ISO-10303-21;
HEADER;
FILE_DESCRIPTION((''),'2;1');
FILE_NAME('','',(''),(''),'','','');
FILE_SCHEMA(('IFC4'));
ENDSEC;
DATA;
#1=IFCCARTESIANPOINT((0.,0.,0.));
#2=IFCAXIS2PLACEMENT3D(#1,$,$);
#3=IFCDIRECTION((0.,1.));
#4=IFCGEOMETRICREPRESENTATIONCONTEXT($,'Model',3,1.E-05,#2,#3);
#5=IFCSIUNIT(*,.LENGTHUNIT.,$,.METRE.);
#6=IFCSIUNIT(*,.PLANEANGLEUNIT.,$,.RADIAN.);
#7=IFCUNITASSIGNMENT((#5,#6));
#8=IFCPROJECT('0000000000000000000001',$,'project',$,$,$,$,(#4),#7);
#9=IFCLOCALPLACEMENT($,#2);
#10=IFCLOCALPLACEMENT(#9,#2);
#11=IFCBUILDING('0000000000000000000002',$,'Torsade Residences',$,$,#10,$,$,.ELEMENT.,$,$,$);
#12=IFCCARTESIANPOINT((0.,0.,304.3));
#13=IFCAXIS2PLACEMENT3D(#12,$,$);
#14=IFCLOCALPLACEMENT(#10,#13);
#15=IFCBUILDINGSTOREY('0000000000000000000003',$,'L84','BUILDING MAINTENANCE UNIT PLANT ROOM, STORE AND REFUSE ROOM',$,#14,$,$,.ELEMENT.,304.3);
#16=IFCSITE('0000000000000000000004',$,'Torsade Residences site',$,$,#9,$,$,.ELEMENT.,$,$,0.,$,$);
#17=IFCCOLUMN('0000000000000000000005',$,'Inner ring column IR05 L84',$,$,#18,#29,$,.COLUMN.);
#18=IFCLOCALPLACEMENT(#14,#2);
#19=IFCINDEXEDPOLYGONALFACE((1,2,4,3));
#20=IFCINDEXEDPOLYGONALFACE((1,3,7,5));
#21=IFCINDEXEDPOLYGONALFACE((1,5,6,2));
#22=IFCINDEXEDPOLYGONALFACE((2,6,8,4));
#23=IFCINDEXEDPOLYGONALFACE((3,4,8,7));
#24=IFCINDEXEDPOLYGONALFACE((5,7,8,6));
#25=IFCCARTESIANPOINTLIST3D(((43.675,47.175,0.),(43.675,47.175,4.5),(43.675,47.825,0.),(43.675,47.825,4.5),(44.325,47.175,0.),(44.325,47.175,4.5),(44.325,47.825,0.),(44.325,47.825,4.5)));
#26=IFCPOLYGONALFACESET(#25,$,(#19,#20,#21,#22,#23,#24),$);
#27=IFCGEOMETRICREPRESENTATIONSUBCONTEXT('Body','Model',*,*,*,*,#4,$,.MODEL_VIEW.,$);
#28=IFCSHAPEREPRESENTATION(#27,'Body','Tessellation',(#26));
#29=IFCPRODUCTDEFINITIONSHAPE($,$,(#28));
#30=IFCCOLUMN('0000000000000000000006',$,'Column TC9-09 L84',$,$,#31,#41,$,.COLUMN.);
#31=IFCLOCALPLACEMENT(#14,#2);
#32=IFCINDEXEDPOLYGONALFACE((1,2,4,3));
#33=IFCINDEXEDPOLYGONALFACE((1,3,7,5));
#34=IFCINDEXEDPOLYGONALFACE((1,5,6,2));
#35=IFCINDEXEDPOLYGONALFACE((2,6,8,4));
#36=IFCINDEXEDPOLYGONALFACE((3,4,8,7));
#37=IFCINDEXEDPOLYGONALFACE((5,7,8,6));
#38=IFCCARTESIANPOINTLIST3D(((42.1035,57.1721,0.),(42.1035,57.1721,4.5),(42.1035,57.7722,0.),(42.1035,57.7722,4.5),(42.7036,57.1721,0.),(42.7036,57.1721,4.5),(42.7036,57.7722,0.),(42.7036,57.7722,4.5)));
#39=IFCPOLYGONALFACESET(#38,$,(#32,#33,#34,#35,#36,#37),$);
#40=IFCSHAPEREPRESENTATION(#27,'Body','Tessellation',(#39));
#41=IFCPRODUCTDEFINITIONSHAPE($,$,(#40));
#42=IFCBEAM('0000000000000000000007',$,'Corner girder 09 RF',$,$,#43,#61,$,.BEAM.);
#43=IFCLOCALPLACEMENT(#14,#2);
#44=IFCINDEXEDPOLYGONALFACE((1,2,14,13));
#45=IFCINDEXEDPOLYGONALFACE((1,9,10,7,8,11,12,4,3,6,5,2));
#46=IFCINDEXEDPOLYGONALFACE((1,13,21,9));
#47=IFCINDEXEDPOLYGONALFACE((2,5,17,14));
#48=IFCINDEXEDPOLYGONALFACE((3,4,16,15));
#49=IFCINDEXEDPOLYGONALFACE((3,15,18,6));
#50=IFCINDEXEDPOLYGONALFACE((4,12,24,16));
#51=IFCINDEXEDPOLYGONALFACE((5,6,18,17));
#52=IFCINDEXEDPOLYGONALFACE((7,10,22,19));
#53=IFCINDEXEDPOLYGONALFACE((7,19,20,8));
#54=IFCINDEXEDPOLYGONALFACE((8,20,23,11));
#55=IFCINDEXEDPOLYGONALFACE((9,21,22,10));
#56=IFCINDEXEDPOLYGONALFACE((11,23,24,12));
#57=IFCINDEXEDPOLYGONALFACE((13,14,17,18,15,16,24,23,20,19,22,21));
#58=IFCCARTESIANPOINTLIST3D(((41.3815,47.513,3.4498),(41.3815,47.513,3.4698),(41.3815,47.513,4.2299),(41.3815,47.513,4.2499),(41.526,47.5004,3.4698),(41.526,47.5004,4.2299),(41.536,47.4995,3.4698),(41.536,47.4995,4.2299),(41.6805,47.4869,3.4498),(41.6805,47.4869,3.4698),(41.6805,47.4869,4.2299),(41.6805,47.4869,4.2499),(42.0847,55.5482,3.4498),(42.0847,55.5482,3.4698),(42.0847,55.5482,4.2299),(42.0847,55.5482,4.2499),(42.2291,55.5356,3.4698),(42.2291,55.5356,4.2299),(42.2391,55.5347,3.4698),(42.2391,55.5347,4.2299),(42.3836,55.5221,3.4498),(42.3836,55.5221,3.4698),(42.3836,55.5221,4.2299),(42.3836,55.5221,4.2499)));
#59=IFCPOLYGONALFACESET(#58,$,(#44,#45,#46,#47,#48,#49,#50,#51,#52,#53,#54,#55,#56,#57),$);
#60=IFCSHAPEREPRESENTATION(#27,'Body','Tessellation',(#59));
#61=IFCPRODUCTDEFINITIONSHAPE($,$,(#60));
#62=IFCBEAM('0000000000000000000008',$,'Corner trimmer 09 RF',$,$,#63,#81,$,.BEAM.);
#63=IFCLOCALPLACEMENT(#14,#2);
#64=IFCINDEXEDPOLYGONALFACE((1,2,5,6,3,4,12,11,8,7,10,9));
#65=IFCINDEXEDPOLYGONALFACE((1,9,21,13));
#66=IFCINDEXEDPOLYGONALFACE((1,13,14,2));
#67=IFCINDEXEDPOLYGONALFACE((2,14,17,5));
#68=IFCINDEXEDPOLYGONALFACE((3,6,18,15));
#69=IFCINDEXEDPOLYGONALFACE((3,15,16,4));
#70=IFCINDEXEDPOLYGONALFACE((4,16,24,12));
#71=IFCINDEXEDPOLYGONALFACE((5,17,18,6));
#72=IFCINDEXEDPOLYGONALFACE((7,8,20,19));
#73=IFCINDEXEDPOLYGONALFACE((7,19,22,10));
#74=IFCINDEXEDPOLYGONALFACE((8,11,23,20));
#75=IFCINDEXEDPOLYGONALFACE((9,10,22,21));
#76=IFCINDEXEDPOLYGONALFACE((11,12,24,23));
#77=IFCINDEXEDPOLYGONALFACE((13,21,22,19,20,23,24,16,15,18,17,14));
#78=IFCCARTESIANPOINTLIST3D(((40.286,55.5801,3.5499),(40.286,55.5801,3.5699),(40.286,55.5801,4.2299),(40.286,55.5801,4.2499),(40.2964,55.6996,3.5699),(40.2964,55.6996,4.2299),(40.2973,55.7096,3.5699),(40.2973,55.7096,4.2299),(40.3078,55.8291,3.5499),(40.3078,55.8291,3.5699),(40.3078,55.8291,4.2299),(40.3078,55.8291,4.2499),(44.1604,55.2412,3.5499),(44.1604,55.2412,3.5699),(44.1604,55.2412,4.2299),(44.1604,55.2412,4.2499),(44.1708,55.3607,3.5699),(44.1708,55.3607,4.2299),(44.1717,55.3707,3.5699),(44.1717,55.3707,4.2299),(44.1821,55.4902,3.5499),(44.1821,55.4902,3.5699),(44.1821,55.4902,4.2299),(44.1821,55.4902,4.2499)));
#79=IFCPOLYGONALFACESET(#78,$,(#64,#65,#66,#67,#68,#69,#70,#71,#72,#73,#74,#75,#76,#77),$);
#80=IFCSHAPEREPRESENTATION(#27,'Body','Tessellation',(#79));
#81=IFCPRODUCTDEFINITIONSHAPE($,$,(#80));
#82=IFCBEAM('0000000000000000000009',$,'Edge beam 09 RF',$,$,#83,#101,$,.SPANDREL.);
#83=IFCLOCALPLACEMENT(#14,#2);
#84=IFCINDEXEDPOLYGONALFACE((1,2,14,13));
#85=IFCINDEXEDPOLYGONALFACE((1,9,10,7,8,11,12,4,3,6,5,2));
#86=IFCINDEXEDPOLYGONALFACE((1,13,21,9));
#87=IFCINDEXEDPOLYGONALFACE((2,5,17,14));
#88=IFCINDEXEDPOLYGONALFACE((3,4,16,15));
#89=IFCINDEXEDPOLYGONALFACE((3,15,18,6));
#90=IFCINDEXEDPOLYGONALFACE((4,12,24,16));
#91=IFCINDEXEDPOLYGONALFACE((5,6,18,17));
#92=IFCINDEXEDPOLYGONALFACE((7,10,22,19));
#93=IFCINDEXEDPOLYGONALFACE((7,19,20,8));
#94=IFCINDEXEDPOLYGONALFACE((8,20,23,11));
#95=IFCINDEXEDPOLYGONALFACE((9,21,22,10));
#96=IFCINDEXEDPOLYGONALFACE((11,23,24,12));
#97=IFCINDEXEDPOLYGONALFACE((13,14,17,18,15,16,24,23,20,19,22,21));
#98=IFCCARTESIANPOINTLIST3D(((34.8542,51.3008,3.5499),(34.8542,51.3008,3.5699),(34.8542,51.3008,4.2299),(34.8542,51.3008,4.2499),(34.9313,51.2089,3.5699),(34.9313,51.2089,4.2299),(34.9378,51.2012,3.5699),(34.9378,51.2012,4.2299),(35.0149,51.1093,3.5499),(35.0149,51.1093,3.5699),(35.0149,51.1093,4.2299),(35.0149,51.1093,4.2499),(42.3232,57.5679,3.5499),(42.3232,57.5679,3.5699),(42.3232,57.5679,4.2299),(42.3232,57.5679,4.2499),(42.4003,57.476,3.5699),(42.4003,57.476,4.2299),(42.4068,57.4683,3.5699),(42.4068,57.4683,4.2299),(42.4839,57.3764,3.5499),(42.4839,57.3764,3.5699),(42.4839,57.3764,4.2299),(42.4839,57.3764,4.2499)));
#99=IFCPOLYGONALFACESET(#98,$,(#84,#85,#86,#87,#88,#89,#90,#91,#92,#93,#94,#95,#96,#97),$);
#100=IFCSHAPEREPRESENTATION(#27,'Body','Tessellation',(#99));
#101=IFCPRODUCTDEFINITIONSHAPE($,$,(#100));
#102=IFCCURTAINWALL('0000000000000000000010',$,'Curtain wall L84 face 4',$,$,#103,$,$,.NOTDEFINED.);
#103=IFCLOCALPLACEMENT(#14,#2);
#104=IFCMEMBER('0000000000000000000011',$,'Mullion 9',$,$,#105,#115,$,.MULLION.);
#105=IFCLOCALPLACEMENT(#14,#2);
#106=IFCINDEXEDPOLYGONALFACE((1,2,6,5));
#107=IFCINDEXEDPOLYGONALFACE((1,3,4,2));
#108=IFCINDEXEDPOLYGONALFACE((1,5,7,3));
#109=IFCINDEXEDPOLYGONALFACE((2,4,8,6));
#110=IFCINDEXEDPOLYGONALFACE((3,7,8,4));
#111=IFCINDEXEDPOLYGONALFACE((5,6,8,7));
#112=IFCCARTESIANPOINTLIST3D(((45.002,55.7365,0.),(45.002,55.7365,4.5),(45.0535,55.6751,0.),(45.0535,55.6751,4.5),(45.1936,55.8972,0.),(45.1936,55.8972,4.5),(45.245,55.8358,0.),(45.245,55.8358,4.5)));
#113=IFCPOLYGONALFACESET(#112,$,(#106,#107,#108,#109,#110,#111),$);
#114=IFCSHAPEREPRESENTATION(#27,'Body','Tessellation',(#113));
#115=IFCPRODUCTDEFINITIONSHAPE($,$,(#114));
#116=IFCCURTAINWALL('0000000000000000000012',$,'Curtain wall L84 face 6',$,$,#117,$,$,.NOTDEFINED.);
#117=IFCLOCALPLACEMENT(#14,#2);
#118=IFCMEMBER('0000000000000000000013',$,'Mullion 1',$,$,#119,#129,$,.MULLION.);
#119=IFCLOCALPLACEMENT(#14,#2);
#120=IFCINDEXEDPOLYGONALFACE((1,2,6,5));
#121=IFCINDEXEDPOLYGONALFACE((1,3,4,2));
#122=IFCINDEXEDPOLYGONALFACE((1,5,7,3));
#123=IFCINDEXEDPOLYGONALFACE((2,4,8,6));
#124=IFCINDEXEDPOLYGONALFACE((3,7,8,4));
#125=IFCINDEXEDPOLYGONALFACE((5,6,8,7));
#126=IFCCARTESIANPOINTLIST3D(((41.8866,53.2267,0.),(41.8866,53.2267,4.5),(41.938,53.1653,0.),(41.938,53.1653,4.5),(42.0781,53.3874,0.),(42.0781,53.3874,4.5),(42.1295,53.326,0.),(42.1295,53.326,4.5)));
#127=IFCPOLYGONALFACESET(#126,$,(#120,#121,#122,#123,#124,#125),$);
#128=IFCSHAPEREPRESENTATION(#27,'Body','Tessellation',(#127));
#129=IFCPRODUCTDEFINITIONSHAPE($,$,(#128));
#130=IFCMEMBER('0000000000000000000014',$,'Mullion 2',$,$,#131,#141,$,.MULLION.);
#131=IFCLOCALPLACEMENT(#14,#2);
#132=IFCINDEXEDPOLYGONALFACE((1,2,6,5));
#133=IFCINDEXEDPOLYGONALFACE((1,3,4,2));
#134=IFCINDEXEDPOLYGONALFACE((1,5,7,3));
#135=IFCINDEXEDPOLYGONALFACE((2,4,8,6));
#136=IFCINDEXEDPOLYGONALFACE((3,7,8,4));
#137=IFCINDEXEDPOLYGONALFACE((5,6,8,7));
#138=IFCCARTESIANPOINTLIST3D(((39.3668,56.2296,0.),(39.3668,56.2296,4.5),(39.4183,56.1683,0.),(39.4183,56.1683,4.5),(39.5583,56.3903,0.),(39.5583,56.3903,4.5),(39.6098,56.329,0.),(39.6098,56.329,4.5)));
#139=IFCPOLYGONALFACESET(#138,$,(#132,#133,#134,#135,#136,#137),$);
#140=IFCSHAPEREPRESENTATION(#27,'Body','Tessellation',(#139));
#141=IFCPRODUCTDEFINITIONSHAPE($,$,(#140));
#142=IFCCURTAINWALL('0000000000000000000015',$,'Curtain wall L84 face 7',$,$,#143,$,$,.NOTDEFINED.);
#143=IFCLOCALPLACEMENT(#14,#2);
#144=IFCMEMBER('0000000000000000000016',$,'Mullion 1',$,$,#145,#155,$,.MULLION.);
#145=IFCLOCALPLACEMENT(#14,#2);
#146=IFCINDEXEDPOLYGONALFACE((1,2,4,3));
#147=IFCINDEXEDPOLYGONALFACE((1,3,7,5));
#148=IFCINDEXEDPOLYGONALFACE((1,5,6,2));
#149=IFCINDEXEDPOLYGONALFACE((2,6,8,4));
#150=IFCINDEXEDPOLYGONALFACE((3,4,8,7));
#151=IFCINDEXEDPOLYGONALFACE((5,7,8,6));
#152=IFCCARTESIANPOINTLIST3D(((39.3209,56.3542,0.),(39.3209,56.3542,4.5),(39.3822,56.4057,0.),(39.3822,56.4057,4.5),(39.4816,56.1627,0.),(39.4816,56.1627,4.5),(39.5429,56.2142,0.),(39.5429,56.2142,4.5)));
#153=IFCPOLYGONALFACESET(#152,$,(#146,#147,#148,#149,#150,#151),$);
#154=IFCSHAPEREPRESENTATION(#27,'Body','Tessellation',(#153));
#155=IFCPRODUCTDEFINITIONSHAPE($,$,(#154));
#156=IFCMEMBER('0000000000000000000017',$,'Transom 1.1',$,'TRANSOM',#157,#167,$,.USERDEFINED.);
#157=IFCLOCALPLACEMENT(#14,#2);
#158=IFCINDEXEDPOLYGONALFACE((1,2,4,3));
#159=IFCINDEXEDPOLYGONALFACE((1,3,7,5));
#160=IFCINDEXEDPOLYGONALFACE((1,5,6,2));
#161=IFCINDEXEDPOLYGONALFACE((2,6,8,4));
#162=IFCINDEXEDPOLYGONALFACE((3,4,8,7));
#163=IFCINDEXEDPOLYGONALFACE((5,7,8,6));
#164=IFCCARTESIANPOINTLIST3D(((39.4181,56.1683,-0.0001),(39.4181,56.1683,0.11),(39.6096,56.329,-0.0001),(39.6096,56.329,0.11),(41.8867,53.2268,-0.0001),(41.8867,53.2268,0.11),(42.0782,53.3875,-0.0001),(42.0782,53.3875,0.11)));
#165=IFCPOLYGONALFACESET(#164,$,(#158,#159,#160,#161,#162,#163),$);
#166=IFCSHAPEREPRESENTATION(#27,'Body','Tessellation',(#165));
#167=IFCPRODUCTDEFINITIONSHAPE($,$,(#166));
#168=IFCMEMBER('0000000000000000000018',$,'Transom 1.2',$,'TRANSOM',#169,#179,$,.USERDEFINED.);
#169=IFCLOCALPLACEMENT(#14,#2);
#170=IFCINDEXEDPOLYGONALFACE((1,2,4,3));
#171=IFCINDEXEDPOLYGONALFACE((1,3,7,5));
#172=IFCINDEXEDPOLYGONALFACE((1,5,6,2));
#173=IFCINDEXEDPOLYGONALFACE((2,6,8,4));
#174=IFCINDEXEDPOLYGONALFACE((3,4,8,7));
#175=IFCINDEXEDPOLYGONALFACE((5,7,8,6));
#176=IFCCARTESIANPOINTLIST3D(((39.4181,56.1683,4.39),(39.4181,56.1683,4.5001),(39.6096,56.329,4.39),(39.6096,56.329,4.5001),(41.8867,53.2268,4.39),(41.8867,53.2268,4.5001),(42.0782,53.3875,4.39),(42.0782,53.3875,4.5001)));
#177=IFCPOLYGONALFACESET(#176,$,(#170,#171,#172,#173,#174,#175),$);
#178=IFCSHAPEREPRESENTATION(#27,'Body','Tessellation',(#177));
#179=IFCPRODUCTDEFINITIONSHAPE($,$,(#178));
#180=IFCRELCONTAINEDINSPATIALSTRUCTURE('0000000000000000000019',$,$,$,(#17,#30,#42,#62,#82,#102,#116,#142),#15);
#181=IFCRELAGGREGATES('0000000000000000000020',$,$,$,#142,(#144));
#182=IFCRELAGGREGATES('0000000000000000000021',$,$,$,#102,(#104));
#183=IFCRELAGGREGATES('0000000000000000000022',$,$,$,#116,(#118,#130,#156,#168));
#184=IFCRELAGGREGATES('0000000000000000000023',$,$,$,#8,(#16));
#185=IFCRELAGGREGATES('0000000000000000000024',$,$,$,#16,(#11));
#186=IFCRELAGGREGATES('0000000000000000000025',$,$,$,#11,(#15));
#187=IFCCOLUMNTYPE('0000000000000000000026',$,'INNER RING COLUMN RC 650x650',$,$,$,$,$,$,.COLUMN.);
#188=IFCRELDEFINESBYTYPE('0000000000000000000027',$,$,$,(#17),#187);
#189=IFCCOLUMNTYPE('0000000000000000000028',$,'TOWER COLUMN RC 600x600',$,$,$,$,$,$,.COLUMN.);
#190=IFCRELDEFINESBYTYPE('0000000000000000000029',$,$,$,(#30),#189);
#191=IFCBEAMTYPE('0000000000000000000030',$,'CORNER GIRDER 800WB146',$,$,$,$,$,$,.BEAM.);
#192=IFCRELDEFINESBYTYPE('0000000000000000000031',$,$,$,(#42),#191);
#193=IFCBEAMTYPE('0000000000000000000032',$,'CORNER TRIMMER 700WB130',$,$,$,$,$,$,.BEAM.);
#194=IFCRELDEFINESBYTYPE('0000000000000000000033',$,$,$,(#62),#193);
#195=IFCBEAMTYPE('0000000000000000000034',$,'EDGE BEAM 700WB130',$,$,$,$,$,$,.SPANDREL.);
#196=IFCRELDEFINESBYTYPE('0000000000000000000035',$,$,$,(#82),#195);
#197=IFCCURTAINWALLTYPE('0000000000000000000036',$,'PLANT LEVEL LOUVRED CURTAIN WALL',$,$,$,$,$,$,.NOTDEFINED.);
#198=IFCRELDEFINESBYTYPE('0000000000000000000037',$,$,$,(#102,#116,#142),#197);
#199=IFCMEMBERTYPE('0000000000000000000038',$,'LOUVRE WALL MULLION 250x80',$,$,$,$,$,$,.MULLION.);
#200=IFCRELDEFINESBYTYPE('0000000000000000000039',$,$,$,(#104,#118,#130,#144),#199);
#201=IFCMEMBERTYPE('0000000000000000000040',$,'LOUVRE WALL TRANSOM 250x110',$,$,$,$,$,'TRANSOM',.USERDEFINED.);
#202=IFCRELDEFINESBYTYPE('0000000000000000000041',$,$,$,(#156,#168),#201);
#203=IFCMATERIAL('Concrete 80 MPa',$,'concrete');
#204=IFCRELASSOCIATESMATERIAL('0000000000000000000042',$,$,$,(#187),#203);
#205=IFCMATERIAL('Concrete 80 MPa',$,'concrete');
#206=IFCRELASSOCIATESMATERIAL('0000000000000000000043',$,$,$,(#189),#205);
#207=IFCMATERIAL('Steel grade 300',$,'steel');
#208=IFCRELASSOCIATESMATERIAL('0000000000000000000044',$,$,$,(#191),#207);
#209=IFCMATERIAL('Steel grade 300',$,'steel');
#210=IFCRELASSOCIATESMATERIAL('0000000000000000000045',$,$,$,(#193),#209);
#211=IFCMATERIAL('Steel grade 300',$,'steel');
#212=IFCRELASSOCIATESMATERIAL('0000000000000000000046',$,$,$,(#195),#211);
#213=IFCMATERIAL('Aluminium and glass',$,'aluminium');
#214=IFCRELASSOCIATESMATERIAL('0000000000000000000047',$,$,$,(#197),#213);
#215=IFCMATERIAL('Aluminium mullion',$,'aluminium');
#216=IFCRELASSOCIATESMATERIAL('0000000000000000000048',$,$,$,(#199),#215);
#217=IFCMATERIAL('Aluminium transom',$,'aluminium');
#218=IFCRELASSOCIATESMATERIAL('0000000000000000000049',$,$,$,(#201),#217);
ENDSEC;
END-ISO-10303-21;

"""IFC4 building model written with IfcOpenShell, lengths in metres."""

from ifc_helpers import new_model, si_unit, direction, frame, origin, origin_2d, place, context, subcontext, project, spatial, rectangle, i_section, extrude, material, material_profile, profile_set, type_object, element, aggregate, save


model = new_model("IFC4")

# Units and contexts
model_context = context("Model", 3, precision=1e-05, world=origin(), true_north=direction((0.0, 1.0)))
body_context = subcontext(model_context, "Body", "Model", "MODEL_VIEW")
ifc_project = project(units=[si_unit("LENGTHUNIT", "METRE"), si_unit("PLANEANGLEUNIT", "RADIAN")], contexts=[model_context])

# Site, building, storey
site_placement = place(None, origin())
site = spatial("IfcSite", under=ifc_project, at=site_placement, Name="Torsade Residences site", CompositionType="ELEMENT", RefElevation=0.0)
building_placement = place(site_placement, origin())
building = spatial("IfcBuilding", under=site, at=building_placement, Name="Torsade Residences", CompositionType="ELEMENT")
storey_placement = place(building_placement, frame((0.0, 0.0, 304.3)))
storey = spatial("IfcBuildingStorey", under=building, at=storey_placement, Name="L84", Description="BUILDING MAINTENANCE UNIT PLANT ROOM, STORE AND REFUSE ROOM", CompositionType="ELEMENT", Elevation=304.3)

# Columns
ifc_material_1 = material(Name="Concrete 80 MPa", Category="concrete")
ifc_material_profile_1 = material_profile(ifc_material_1, rectangle(XDim=0.6499, YDim=0.6499, at=origin_2d()), Name="RC 650x650")
ifc_profile_set_1 = profile_set([ifc_material_profile_1], Name="Concrete 80 MPa")
column_type_1 = type_object("IfcColumnType", Name="INNER RING COLUMN RC 650x650", PredefinedType="COLUMN", material=ifc_profile_set_1)
column_1_placement = place(storey_placement, frame((44.0, 47.5, 0.0), z_axis=(0.0, 0.0, 1.0), x_axis=(1.0, 0.0, 0.0)))
element("IfcColumn", 1, at=column_1_placement, inside=storey, type_object=column_type_1, Name="Inner ring column IR05 L84", PredefinedType="COLUMN", context=body_context, shape_type="SweptSolid", body=[
    extrude(rectangle(XDim=0.6499, YDim=0.6499, at=origin_2d()), origin(), (0.0, 0.0, 1.0), 4.5),
])
ifc_material_2 = material(Name="Concrete 80 MPa", Category="concrete")
ifc_material_profile_2 = material_profile(ifc_material_2, rectangle(XDim=0.6001, YDim=0.6001, at=origin_2d()), Name="RC 600x600")
ifc_profile_set_2 = profile_set([ifc_material_profile_2], Name="Concrete 80 MPa")
column_type_2 = type_object("IfcColumnType", Name="TOWER COLUMN RC 600x600", PredefinedType="COLUMN", material=ifc_profile_set_2)
column_2_placement = place(storey_placement, frame((42.4036, 57.4722, 0.0), z_axis=(0.0, 0.0, 1.0), x_axis=(1.0, 0.0, 0.0)))
element("IfcColumn", 2, at=column_2_placement, inside=storey, type_object=column_type_2, Name="Column TC9-09 L84", PredefinedType="COLUMN", context=body_context, shape_type="SweptSolid", body=[
    extrude(rectangle(XDim=0.6001, YDim=0.6001, at=origin_2d()), origin(), (0.0, 0.0, 1.0), 4.5),
])

# Beams
ifc_material_3 = material(Name="Steel grade 300", Category="steel")
ifc_material_profile_3 = material_profile(ifc_material_3, i_section(OverallWidth=0.3, OverallDepth=0.8, WebThickness=0.01, FlangeThickness=0.02, at=origin_2d()), Name="800WB146")
ifc_profile_set_3 = profile_set([ifc_material_profile_3], Name="Steel grade 300")
beam_type_1 = type_object("IfcBeamType", Name="CORNER GIRDER 800WB146", PredefinedType="BEAM", material=ifc_profile_set_3)
beam_1_placement = place(storey_placement, frame((42.2341, 55.5352, 3.8499), z_axis=(-0.087173, -0.996193, 0.0), x_axis=(0.996193, -0.087173, 0.0)))
element("IfcBeam", 3, at=beam_1_placement, inside=storey, type_object=beam_type_1, Name="Corner girder 09 RF", PredefinedType="BEAM", context=body_context, shape_type="SweptSolid", body=[
    extrude(i_section(OverallWidth=0.3, OverallDepth=0.8, WebThickness=0.01, FlangeThickness=0.02, at=origin_2d()), origin(), (0.0, 0.0, 1.0), 8.0659),
])
ifc_material_4 = material(Name="Steel grade 300", Category="steel")
ifc_material_profile_4 = material_profile(ifc_material_4, i_section(OverallWidth=0.25, OverallDepth=0.7, WebThickness=0.01, FlangeThickness=0.02, at=origin_2d()), Name="700WB130")
ifc_profile_set_4 = profile_set([ifc_material_profile_4], Name="Steel grade 300")
beam_type_2 = type_object("IfcBeamType", Name="CORNER TRIMMER 700WB130", PredefinedType="BEAM", material=ifc_profile_set_4)
beam_2_placement = place(storey_placement, frame((40.2969, 55.7046, 3.8999), z_axis=(0.996197, -0.087133, 0.0), x_axis=(0.087133, 0.996197, 0.0)))
element("IfcBeam", 4, at=beam_2_placement, inside=storey, type_object=beam_type_2, Name="Corner trimmer 09 RF", PredefinedType="BEAM", context=body_context, shape_type="SweptSolid", body=[
    extrude(i_section(OverallWidth=0.25, OverallDepth=0.7, WebThickness=0.01, FlangeThickness=0.02, at=origin_2d()), origin(), (0.0, 0.0, 1.0), 3.8892),
])
ifc_material_5 = material(Name="Steel grade 300", Category="steel")
ifc_material_profile_5 = material_profile(ifc_material_5, i_section(OverallWidth=0.25, OverallDepth=0.7, WebThickness=0.01, FlangeThickness=0.02, at=origin_2d()), Name="700WB130")
ifc_profile_set_5 = profile_set([ifc_material_profile_5], Name="Steel grade 300")
beam_type_3 = type_object("IfcBeamType", Name="EDGE BEAM 700WB130", PredefinedType="SPANDREL", material=ifc_profile_set_5)
beam_3_placement = place(storey_placement, frame((42.4036, 57.4722, 3.8999), z_axis=(-0.766052, -0.642779, 0.0), x_axis=(0.642779, -0.766052, 0.0)))
element("IfcBeam", 5, at=beam_3_placement, inside=storey, type_object=beam_type_3, Name="Edge beam 09 RF", PredefinedType="SPANDREL", context=body_context, shape_type="SweptSolid", body=[
    extrude(i_section(OverallWidth=0.25, OverallDepth=0.7, WebThickness=0.01, FlangeThickness=0.02, at=origin_2d()), origin(), (0.0, 0.0, 1.0), 9.75),
])

# Curtain wall, member
ifc_material_6 = material(Name="Aluminium and glass", Category="aluminium")
curtain_wall_type = type_object("IfcCurtainWallType", Name="PLANT LEVEL LOUVRED CURTAIN WALL", PredefinedType="NOTDEFINED", material=ifc_material_6)
curtain_wall_1_placement = place(storey_placement, origin())
curtain_wall_1 = element("IfcCurtainWall", 6, at=curtain_wall_1_placement, inside=storey, type_object=curtain_wall_type, Name="Curtain wall L84 face 4", PredefinedType="NOTDEFINED")
ifc_material_7 = material(Name="Aluminium mullion", Category="aluminium")
ifc_material_profile_6 = material_profile(ifc_material_7, rectangle(XDim=0.25, YDim=0.0801, at=origin_2d()), Name="LOUVRE WALL MULLION 250x80")
ifc_profile_set_6 = profile_set([ifc_material_profile_6], Name="Aluminium mullion")
member_type_1 = type_object("IfcMemberType", Name="LOUVRE WALL MULLION 250x80", PredefinedType="MULLION", material=ifc_profile_set_6)
member_1_placement = place(storey_placement, frame((45.1235, 55.7861, 0.0), z_axis=(0.0, 0.0, 1.0), x_axis=(-0.766044, -0.642788, 0.0)))
member_1 = element("IfcMember", 7, at=member_1_placement, type_object=member_type_1, Name="Mullion 9", PredefinedType="MULLION", context=body_context, shape_type="SweptSolid", body=[
    extrude(rectangle(XDim=0.25, YDim=0.0801, at=origin_2d()), origin(), (0.0, 0.0, 1.0), 4.5),
])

# Curtain wall, members
curtain_wall_2_placement = place(storey_placement, origin())
curtain_wall_2 = element("IfcCurtainWall", 8, at=curtain_wall_2_placement, inside=storey, type_object=curtain_wall_type, Name="Curtain wall L84 face 6", PredefinedType="NOTDEFINED")
member_2_placement = place(storey_placement, frame((42.0081, 53.2764, 0.0), z_axis=(0.0, 0.0, 1.0), x_axis=(-0.766044, -0.642788, 0.0)))
member_2 = element("IfcMember", 9, at=member_2_placement, type_object=member_type_1, Name="Mullion 1", PredefinedType="MULLION", context=body_context, shape_type="SweptSolid", body=[
    extrude(rectangle(XDim=0.25, YDim=0.0801, at=origin_2d()), origin(), (0.0, 0.0, 1.0), 4.5),
])
member_3_placement = place(storey_placement, frame((39.4883, 56.2793, 0.0), z_axis=(0.0, 0.0, 1.0), x_axis=(-0.766044, -0.642788, 0.0)))
member_3 = element("IfcMember", 10, at=member_3_placement, type_object=member_type_1, Name="Mullion 2", PredefinedType="MULLION", context=body_context, shape_type="SweptSolid", body=[
    extrude(rectangle(XDim=0.25, YDim=0.0801, at=origin_2d()), origin(), (0.0, 0.0, 1.0), 4.5),
])

# Curtain wall, member
curtain_wall_3_placement = place(storey_placement, origin())
curtain_wall_3 = element("IfcCurtainWall", 11, at=curtain_wall_3_placement, inside=storey, type_object=curtain_wall_type, Name="Curtain wall L84 face 7", PredefinedType="NOTDEFINED")
member_4_placement = place(storey_placement, frame((39.4319, 56.2842, 0.0), z_axis=(0.0, 0.0, 1.0), x_axis=(0.642788, -0.766044, 0.0)))
member_4 = element("IfcMember", 12, at=member_4_placement, type_object=member_type_1, Name="Mullion 1", PredefinedType="MULLION", context=body_context, shape_type="SweptSolid", body=[
    extrude(rectangle(XDim=0.25, YDim=0.0801, at=origin_2d()), origin(), (0.0, 0.0, 1.0), 4.5),
])

# Members
ifc_material_8 = material(Name="Aluminium transom", Category="aluminium")
ifc_material_profile_7 = material_profile(ifc_material_8, rectangle(XDim=0.25, YDim=0.1101, at=origin_2d()), Name="LOUVRE WALL TRANSOM 250x110")
ifc_profile_set_7 = profile_set([ifc_material_profile_7], Name="Aluminium transom")
member_type_2 = type_object("IfcMemberType", Name="LOUVRE WALL TRANSOM 250x110", ElementType="TRANSOM", PredefinedType="USERDEFINED", material=ifc_profile_set_7)
member_5_placement = place(storey_placement, frame((41.9824, 53.3071, 0.0549), z_axis=(-0.642845, 0.765997, 0.0), x_axis=(-0.765997, -0.642845, 0.0)))
member_5 = element("IfcMember", 13, at=member_5_placement, type_object=member_type_2, Name="Transom 1.1", ObjectType="TRANSOM", PredefinedType="USERDEFINED", context=body_context, shape_type="SweptSolid", body=[
    extrude(rectangle(XDim=0.25, YDim=0.1101, at=origin_2d()), origin(), (0.0, 0.0, 1.0), 3.8401),
])
member_6_placement = place(storey_placement, frame((41.9824, 53.3071, 4.4451), z_axis=(-0.642845, 0.765997, 0.0), x_axis=(-0.765997, -0.642845, 0.0)))
member_6 = element("IfcMember", 14, at=member_6_placement, type_object=member_type_2, Name="Transom 1.2", ObjectType="TRANSOM", PredefinedType="USERDEFINED", context=body_context, shape_type="SweptSolid", body=[
    extrude(rectangle(XDim=0.25, YDim=0.1101, at=origin_2d()), origin(), (0.0, 0.0, 1.0), 3.8401),
])
aggregate(curtain_wall_3, [member_4])

aggregate(curtain_wall_1, [member_1])
aggregate(curtain_wall_2, [member_2, member_3, member_5, member_6])

save(model, "model.ifc")
